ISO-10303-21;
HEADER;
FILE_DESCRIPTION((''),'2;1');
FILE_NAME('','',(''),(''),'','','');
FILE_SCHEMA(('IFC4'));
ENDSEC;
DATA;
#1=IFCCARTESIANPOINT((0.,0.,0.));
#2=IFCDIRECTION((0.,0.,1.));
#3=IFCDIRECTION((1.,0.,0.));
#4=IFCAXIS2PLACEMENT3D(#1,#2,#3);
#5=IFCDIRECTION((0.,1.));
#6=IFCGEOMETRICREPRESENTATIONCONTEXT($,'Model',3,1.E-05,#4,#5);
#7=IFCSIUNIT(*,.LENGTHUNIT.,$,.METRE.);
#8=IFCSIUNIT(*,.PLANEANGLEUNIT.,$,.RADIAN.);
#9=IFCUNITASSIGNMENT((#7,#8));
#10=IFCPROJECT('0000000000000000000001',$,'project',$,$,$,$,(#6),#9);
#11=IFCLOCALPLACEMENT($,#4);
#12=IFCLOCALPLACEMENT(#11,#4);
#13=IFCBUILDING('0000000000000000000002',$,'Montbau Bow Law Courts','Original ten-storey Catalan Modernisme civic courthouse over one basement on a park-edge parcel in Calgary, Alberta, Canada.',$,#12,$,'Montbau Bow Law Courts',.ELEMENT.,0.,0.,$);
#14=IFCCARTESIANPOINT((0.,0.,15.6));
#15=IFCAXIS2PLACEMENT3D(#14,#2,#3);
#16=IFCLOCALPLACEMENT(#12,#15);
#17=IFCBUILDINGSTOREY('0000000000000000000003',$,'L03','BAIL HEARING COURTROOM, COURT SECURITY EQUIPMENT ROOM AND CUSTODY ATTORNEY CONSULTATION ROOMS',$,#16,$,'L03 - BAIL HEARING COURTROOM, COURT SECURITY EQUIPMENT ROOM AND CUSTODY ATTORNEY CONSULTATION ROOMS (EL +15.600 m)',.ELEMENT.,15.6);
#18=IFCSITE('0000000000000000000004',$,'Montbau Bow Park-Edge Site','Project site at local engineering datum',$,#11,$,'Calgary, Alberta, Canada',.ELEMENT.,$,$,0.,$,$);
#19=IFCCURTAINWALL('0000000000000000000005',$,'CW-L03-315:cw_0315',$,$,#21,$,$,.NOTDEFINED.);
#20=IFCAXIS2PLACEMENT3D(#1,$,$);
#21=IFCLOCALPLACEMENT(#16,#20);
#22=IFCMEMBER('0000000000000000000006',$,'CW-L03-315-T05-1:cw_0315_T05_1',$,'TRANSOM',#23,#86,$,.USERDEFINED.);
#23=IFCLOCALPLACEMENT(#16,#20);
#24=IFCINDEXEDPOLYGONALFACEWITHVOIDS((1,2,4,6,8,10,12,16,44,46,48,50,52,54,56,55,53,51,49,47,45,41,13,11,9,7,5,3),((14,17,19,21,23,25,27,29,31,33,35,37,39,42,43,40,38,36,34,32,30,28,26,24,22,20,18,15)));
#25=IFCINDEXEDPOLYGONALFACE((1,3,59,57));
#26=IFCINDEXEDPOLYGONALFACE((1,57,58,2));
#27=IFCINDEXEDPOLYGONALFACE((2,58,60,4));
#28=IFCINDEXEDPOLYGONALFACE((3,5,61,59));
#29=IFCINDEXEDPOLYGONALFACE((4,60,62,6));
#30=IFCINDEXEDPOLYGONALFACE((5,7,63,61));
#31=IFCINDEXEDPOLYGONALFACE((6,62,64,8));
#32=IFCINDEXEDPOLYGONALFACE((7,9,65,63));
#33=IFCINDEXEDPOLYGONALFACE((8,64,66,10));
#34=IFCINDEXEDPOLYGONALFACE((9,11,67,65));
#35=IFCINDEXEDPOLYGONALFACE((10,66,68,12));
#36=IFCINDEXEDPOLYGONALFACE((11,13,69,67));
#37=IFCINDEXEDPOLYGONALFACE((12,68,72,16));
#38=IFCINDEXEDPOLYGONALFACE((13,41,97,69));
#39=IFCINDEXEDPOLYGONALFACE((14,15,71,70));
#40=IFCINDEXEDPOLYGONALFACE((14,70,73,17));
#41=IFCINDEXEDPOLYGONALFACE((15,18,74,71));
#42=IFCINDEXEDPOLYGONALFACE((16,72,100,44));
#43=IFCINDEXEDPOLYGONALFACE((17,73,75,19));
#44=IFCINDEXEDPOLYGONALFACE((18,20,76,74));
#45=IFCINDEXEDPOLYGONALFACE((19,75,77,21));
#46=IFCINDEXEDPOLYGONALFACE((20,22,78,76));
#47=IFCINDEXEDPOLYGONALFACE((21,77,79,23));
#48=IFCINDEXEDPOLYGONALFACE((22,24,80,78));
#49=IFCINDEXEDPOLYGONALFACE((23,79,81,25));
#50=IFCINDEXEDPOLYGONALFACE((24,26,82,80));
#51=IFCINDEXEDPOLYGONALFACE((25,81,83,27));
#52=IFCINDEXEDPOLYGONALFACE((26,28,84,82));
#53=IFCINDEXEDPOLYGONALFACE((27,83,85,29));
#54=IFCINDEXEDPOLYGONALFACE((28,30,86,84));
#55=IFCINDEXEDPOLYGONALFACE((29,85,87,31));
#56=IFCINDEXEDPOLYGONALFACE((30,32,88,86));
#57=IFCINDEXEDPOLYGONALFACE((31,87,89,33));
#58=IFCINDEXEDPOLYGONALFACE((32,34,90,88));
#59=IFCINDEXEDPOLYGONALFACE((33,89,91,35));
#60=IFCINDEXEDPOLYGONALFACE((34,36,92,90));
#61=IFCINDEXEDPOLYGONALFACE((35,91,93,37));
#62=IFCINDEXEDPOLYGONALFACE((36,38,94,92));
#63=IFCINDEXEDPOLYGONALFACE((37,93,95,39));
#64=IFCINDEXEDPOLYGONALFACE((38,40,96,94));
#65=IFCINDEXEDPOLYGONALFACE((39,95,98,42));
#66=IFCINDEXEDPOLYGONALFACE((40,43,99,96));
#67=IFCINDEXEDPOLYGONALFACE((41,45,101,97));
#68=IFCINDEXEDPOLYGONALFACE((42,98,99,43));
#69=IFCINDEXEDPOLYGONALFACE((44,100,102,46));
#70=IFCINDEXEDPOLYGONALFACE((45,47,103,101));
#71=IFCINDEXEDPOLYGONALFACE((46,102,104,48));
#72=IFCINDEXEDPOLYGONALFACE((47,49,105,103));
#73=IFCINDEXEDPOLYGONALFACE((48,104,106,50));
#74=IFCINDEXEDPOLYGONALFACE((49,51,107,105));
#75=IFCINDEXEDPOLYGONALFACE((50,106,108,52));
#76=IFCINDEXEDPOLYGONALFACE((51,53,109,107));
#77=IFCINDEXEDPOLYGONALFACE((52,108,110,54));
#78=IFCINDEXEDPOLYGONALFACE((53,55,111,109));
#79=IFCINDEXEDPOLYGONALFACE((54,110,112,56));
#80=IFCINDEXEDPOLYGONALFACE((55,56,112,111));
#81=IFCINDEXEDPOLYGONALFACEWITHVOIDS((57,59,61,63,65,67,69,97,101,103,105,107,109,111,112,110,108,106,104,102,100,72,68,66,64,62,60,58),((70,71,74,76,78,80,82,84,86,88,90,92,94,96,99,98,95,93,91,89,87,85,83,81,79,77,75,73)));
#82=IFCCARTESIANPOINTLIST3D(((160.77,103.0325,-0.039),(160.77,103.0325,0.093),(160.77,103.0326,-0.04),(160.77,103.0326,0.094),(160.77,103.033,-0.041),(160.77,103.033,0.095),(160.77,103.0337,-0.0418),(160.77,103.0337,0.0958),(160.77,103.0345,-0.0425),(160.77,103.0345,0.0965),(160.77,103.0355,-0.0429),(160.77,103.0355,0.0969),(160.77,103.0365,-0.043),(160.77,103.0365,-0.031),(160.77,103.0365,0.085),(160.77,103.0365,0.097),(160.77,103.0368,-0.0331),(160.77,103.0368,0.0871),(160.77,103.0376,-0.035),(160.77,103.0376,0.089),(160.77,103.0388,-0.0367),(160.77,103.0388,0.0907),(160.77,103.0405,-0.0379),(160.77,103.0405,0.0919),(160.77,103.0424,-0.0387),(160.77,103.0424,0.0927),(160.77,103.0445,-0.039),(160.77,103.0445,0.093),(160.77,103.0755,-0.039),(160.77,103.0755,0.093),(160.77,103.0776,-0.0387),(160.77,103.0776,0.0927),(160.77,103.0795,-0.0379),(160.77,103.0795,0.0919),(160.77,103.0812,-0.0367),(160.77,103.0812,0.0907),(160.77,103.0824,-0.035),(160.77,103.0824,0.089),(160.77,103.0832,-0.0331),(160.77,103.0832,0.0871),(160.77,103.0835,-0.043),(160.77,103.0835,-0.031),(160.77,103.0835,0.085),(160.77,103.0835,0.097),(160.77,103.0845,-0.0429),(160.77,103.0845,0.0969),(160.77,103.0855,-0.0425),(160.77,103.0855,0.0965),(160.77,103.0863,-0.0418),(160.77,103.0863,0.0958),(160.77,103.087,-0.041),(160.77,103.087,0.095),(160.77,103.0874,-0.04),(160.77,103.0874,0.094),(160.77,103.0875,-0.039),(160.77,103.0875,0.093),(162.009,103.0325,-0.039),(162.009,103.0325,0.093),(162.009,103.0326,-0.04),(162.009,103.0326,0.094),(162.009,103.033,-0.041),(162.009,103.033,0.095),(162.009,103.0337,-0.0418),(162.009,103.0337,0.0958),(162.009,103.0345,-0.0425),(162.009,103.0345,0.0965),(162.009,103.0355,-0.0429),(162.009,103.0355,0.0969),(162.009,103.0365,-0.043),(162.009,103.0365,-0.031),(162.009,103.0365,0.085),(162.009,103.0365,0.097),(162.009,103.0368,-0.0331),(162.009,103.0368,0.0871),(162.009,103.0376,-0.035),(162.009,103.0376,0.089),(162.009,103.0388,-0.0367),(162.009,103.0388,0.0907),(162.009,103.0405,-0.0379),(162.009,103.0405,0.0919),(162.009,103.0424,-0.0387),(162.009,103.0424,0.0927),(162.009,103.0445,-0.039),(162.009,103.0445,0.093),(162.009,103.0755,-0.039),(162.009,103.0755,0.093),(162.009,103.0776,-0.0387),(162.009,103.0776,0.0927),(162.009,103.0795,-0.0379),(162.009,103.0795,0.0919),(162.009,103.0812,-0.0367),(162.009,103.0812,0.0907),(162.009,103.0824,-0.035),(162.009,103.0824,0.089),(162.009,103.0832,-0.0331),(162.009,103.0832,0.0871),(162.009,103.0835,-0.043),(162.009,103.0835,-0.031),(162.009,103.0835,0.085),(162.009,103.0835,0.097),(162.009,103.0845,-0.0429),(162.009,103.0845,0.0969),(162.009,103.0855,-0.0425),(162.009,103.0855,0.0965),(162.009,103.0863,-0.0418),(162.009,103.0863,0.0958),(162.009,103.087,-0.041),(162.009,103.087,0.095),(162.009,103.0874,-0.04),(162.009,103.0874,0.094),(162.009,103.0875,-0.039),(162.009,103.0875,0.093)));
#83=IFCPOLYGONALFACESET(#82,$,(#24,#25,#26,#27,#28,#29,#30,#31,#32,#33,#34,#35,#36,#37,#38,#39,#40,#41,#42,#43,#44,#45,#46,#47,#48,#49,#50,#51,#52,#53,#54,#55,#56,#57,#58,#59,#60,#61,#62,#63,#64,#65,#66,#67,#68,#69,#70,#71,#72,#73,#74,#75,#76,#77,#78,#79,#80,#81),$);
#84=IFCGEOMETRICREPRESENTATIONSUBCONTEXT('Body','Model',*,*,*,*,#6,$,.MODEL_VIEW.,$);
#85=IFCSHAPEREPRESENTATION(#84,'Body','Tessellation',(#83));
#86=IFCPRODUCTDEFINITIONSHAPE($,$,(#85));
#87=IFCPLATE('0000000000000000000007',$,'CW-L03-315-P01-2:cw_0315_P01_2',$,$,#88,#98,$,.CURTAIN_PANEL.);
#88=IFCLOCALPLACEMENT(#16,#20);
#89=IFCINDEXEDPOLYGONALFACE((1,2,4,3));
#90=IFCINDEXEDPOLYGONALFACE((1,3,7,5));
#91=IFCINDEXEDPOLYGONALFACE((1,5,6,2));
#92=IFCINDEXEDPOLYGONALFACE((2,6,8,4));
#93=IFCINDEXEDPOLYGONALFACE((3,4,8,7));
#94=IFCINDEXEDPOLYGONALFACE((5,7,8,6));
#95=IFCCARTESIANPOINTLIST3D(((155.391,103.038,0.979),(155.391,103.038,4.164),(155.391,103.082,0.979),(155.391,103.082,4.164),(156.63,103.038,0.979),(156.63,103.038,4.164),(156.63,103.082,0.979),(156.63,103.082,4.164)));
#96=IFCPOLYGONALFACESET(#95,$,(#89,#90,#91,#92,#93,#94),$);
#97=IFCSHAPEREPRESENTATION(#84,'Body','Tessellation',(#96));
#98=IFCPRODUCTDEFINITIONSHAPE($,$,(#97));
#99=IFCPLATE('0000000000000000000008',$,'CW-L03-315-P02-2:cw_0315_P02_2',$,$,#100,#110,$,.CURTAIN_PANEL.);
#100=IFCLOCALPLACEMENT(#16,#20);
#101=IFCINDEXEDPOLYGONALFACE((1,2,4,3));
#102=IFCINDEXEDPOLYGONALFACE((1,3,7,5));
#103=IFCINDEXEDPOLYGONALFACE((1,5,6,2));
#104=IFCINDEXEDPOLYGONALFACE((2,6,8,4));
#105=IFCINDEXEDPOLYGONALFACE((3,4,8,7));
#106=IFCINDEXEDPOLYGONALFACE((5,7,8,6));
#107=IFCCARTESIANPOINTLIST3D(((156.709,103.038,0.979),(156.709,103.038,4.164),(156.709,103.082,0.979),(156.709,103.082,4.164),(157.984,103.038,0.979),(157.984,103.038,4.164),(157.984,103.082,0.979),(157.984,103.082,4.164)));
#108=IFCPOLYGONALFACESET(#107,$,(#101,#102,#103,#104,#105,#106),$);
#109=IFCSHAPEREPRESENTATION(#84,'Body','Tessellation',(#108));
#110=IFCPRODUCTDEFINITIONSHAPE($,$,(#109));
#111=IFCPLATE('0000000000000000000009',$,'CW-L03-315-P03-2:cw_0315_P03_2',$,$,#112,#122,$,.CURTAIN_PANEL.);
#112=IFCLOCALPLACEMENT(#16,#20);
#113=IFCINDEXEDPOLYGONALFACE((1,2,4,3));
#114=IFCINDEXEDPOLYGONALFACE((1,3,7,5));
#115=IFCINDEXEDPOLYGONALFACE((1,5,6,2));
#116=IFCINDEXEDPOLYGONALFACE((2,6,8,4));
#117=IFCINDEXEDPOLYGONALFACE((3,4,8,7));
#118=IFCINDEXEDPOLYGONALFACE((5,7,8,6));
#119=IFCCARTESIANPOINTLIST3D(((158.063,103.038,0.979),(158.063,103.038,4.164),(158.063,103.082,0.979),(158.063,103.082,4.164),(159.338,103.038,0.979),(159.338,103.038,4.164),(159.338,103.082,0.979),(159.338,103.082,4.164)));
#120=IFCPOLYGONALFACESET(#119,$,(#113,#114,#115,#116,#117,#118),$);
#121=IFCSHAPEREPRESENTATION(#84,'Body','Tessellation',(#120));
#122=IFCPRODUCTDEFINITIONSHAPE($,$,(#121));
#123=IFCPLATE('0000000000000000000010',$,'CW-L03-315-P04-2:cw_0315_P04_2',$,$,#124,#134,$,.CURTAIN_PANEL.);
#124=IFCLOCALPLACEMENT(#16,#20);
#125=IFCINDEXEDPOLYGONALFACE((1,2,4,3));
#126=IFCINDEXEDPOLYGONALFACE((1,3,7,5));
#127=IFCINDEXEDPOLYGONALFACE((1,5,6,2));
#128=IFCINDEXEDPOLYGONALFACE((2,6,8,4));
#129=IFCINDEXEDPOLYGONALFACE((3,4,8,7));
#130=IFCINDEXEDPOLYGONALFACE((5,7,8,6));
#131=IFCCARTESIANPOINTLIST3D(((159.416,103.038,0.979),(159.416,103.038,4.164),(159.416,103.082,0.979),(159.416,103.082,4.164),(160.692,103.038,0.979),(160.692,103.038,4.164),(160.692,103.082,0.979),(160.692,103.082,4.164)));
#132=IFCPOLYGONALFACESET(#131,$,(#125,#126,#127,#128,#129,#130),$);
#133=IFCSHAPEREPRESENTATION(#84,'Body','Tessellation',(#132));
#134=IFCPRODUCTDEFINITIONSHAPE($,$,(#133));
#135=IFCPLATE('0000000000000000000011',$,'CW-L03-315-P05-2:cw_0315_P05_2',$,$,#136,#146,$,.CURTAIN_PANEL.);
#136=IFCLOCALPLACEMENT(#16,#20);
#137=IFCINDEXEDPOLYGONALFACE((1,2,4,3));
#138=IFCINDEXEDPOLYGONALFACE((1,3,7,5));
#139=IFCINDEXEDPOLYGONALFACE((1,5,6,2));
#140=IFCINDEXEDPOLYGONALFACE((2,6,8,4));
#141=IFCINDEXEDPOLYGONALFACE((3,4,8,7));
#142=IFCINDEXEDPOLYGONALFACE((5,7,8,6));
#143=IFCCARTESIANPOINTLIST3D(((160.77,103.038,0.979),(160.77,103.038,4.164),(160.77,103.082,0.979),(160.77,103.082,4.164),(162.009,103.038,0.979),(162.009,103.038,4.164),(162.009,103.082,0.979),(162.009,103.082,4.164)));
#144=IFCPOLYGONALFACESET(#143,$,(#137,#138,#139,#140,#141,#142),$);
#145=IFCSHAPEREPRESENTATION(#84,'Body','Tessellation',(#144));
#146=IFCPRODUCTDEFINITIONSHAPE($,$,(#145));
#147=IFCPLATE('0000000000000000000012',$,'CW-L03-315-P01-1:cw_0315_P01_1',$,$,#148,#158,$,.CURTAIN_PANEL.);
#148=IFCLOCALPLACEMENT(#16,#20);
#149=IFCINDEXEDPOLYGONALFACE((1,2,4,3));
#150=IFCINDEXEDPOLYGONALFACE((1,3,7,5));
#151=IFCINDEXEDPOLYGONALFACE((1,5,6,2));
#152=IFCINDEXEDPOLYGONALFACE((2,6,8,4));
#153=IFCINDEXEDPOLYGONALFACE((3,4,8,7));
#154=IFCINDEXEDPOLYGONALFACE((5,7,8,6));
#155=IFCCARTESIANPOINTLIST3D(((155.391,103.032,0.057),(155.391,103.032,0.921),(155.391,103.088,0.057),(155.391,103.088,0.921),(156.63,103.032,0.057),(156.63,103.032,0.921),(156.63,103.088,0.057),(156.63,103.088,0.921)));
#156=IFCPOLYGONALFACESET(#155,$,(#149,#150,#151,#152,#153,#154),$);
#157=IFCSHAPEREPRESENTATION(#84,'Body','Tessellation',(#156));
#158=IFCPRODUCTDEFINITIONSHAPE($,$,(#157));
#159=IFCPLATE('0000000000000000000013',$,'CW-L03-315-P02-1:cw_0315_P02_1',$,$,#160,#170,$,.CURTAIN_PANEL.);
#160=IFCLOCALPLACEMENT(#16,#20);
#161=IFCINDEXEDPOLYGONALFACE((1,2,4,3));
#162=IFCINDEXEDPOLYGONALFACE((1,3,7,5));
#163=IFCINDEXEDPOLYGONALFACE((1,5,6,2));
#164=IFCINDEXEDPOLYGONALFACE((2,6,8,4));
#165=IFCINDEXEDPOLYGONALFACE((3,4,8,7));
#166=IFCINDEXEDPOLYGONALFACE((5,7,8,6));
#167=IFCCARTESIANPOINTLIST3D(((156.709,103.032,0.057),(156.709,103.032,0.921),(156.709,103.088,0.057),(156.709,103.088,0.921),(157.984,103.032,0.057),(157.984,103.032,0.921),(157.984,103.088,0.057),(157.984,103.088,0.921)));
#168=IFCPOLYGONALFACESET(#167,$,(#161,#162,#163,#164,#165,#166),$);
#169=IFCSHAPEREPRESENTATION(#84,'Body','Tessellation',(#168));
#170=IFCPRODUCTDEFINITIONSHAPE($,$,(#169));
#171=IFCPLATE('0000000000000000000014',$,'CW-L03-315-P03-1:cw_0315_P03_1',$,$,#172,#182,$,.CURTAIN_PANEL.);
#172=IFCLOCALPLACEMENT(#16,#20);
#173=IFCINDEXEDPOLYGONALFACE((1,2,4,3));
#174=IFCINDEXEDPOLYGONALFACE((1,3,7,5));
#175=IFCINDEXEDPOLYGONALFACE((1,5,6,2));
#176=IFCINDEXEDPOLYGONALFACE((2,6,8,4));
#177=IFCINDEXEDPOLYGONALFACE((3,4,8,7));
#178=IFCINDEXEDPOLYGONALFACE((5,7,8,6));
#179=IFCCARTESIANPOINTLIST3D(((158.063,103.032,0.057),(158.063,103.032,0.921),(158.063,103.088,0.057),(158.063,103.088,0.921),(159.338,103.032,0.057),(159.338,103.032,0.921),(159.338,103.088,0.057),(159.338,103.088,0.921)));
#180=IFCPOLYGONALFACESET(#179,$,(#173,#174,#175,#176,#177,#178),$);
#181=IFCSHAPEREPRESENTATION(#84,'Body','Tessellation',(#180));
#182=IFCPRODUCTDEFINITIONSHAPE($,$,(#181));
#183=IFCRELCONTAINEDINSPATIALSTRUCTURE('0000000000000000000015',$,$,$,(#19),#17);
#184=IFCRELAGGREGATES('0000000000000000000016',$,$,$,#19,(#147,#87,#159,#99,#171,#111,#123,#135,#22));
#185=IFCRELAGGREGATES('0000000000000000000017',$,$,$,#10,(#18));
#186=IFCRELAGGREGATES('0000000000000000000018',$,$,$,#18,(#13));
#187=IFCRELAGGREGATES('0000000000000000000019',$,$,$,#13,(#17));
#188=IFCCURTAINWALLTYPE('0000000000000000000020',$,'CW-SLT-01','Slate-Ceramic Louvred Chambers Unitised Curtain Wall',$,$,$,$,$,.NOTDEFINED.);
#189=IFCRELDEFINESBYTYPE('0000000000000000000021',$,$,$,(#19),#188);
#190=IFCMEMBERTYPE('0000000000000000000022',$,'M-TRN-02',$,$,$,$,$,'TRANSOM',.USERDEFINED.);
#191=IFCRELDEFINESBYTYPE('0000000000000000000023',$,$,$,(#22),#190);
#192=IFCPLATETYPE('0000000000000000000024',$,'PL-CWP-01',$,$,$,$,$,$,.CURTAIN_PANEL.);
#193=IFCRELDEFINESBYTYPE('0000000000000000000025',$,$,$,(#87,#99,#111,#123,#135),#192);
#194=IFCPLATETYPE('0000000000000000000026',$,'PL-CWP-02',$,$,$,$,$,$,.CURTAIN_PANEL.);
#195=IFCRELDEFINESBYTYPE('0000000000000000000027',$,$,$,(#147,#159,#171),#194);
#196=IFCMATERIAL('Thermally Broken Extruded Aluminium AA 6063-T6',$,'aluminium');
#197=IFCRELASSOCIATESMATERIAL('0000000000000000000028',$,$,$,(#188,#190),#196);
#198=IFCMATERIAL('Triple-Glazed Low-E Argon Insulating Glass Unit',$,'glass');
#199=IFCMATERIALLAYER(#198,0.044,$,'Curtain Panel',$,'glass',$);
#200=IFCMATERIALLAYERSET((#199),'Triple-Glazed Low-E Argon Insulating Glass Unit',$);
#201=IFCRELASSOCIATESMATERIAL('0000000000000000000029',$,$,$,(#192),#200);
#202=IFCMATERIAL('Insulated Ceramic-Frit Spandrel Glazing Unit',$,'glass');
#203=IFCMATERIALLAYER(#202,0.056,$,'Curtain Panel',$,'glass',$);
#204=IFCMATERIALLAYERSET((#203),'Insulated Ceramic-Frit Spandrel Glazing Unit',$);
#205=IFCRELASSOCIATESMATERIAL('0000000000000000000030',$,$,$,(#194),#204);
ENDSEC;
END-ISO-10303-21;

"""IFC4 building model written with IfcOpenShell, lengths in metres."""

from ifc_helpers import new_model, si_unit, direction, frame, frame_2d, origin_with_axes, origin_2d_with_axis, place, context, subcontext, project, spatial, rectangle, hollow_rectangle, extrude, material, layer, layer_set, material_profile, profile_set, type_object, element, aggregate, save


model = new_model("IFC4")

# Units and contexts
model_context = context("Model", 3, precision=1e-05, world=origin_with_axes(), true_north=direction((0.0, 1.0)))
body_context = subcontext(model_context, "Body", "Model", "MODEL_VIEW")
ifc_project = project(units=[si_unit("LENGTHUNIT", "METRE"), si_unit("PLANEANGLEUNIT", "RADIAN")], contexts=[model_context])

# Site, building, storey
site_placement = place(None, origin_with_axes())
site = spatial("IfcSite", under=ifc_project, at=site_placement, Name="Montbau Bow Park-Edge Site", Description="Project site at local engineering datum", LongName="Calgary, Alberta, Canada", CompositionType="ELEMENT", RefElevation=0.0)
building_placement = place(site_placement, origin_with_axes())
building = spatial("IfcBuilding", under=site, at=building_placement, Name="Montbau Bow Law Courts", Description="Original ten-storey Catalan Modernisme civic courthouse over one basement on a park-edge parcel in Calgary, Alberta, Canada.", LongName="Montbau Bow Law Courts", CompositionType="ELEMENT", ElevationOfRefHeight=0.0, ElevationOfTerrain=0.0)
storey_placement = place(building_placement, frame((0.0, 0.0, 15.6), z_axis=(0.0, 0.0, 1.0), x_axis=(1.0, 0.0, 0.0)))
storey = spatial("IfcBuildingStorey", under=building, at=storey_placement, Name="L03", Description="BAIL HEARING COURTROOM, COURT SECURITY EQUIPMENT ROOM AND CUSTODY ATTORNEY CONSULTATION ROOMS", LongName="L03 - BAIL HEARING COURTROOM, COURT SECURITY EQUIPMENT ROOM AND CUSTODY ATTORNEY CONSULTATION ROOMS (EL +15.600 m)", CompositionType="ELEMENT", Elevation=15.6)

# Curtain wall, member, plates
ifc_material_1 = material(Name="Thermally Broken Extruded Aluminium AA 6063-T6", Category="aluminium")
curtain_wall_type = type_object("IfcCurtainWallType", Name="CW-SLT-01", Description="Slate-Ceramic Louvred Chambers Unitised Curtain Wall", PredefinedType="NOTDEFINED", material=ifc_material_1)
curtain_wall_placement = place(None, frame((155.315, 103.06, 15.6), z_axis=(0.0, 0.0, 1.0), x_axis=(1.0, 0.0, 0.0)))
curtain_wall = element("IfcCurtainWall", 1, at=curtain_wall_placement, inside=storey, type_object=curtain_wall_type, Name="CW-L03-315:cw_0315", PredefinedType="NOTDEFINED")
ifc_material_profile_1 = material_profile(ifc_material_1, hollow_rectangle(XDim=0.055, YDim=0.14, WallThickness=0.004, InnerFilletRadius=0.008, OuterFilletRadius=0.004, at=origin_2d_with_axis()), Name="CWT-140X55", Category="Main", Priority=0)
ifc_profile_set_1 = profile_set([ifc_material_profile_1], Name="Thermally Broken Extruded Aluminium AA 6063-T6")
member_type_1 = type_object("IfcMemberType", Name="M-TRN-02", ElementType="TRANSOM", PredefinedType="USERDEFINED", material=ifc_profile_set_1)
member_1_placement = place(None, frame((160.77, 103.06, 15.627), z_axis=(1.0, 0.0, 0.0), x_axis=(0.0, 1.0, 0.0)))
member_1 = element("IfcMember", 2, at=member_1_placement, type_object=member_type_1, Name="CW-L03-315-T05-1:cw_0315_T05_1", ObjectType="TRANSOM", PredefinedType="USERDEFINED", context=body_context, shape_type="SweptSolid", body=[
    extrude(hollow_rectangle(XDim=0.055, YDim=0.14, WallThickness=0.004, InnerFilletRadius=0.008, OuterFilletRadius=0.004, at=origin_2d_with_axis()), origin_with_axes(), (0.0, 0.0, 1.0), 1.239),
])
ifc_material_2 = material(Name="Triple-Glazed Low-E Argon Insulating Glass Unit", Category="glass")
ifc_layer_1 = layer(ifc_material_2, 0.044, Name="Curtain Panel", Category="glass")
ifc_layer_set_1 = layer_set([ifc_layer_1], Name="Triple-Glazed Low-E Argon Insulating Glass Unit")
plate_type_1 = type_object("IfcPlateType", Name="PL-CWP-01", PredefinedType="CURTAIN_PANEL", material=ifc_layer_set_1)
plate_1_placement = place(None, frame((155.391, 103.06, 16.579), z_axis=(0.0, -1.0, 0.0), x_axis=(1.0, 0.0, 0.0)))
plate_1 = element("IfcPlate", 3, at=plate_1_placement, type_object=plate_type_1, Name="CW-L03-315-P01-2:cw_0315_P01_2", PredefinedType="CURTAIN_PANEL", context=body_context, shape_type="SweptSolid", body=[
    extrude(rectangle(XDim=1.239, YDim=3.185, at=frame_2d((0.6195, 1.5925), x_axis=(1.0, 0.0))), frame((0.0, 0.0, -0.022), z_axis=(0.0, 0.0, 1.0), x_axis=(1.0, 0.0, 0.0)), (0.0, 0.0, 1.0), 0.044),
])
plate_2_placement = place(None, frame((156.709, 103.06, 16.579), z_axis=(0.0, -1.0, 0.0), x_axis=(1.0, 0.0, 0.0)))
plate_2 = element("IfcPlate", 4, at=plate_2_placement, type_object=plate_type_1, Name="CW-L03-315-P02-2:cw_0315_P02_2", PredefinedType="CURTAIN_PANEL", context=body_context, shape_type="SweptSolid", body=[
    extrude(rectangle(XDim=1.275, YDim=3.185, at=frame_2d((0.6375, 1.5925), x_axis=(1.0, 0.0))), frame((0.0, 0.0, -0.022), z_axis=(0.0, 0.0, 1.0), x_axis=(1.0, 0.0, 0.0)), (0.0, 0.0, 1.0), 0.044),
])
plate_3_placement = place(None, frame((158.063, 103.06, 16.579), z_axis=(0.0, -1.0, 0.0), x_axis=(1.0, 0.0, 0.0)))
plate_3 = element("IfcPlate", 5, at=plate_3_placement, type_object=plate_type_1, Name="CW-L03-315-P03-2:cw_0315_P03_2", PredefinedType="CURTAIN_PANEL", context=body_context, shape_type="SweptSolid", body=[
    extrude(rectangle(XDim=1.275, YDim=3.185, at=frame_2d((0.6375, 1.5925), x_axis=(1.0, 0.0))), frame((0.0, 0.0, -0.022), z_axis=(0.0, 0.0, 1.0), x_axis=(1.0, 0.0, 0.0)), (0.0, 0.0, 1.0), 0.044),
])
plate_4_placement = place(None, frame((159.416, 103.06, 16.579), z_axis=(0.0, -1.0, 0.0), x_axis=(1.0, 0.0, 0.0)))
plate_4 = element("IfcPlate", 6, at=plate_4_placement, type_object=plate_type_1, Name="CW-L03-315-P04-2:cw_0315_P04_2", PredefinedType="CURTAIN_PANEL", context=body_context, shape_type="SweptSolid", body=[
    extrude(rectangle(XDim=1.276, YDim=3.185, at=frame_2d((0.638, 1.5925), x_axis=(1.0, 0.0))), frame((0.0, 0.0, -0.022), z_axis=(0.0, 0.0, 1.0), x_axis=(1.0, 0.0, 0.0)), (0.0, 0.0, 1.0), 0.044),
])
plate_5_placement = place(None, frame((160.77, 103.06, 16.579), z_axis=(0.0, -1.0, 0.0), x_axis=(1.0, 0.0, 0.0)))
plate_5 = element("IfcPlate", 7, at=plate_5_placement, type_object=plate_type_1, Name="CW-L03-315-P05-2:cw_0315_P05_2", PredefinedType="CURTAIN_PANEL", context=body_context, shape_type="SweptSolid", body=[
    extrude(rectangle(XDim=1.239, YDim=3.185, at=frame_2d((0.6195, 1.5925), x_axis=(1.0, 0.0))), frame((0.0, 0.0, -0.022), z_axis=(0.0, 0.0, 1.0), x_axis=(1.0, 0.0, 0.0)), (0.0, 0.0, 1.0), 0.044),
])
ifc_material_3 = material(Name="Insulated Ceramic-Frit Spandrel Glazing Unit", Category="glass")
ifc_layer_2 = layer(ifc_material_3, 0.056, Name="Curtain Panel", Category="glass")
ifc_layer_set_2 = layer_set([ifc_layer_2], Name="Insulated Ceramic-Frit Spandrel Glazing Unit")
plate_type_2 = type_object("IfcPlateType", Name="PL-CWP-02", PredefinedType="CURTAIN_PANEL", material=ifc_layer_set_2)
plate_6_placement = place(None, frame((155.391, 103.06, 15.657), z_axis=(0.0, -1.0, 0.0), x_axis=(1.0, 0.0, 0.0)))
plate_6 = element("IfcPlate", 8, at=plate_6_placement, type_object=plate_type_2, Name="CW-L03-315-P01-1:cw_0315_P01_1", PredefinedType="CURTAIN_PANEL", context=body_context, shape_type="SweptSolid", body=[
    extrude(rectangle(XDim=1.239, YDim=0.864, at=frame_2d((0.6195, 0.432), x_axis=(1.0, 0.0))), frame((0.0, 0.0, -0.028), z_axis=(0.0, 0.0, 1.0), x_axis=(1.0, 0.0, 0.0)), (0.0, 0.0, 1.0), 0.056),
])
plate_7_placement = place(None, frame((156.709, 103.06, 15.657), z_axis=(0.0, -1.0, 0.0), x_axis=(1.0, 0.0, 0.0)))
plate_7 = element("IfcPlate", 9, at=plate_7_placement, type_object=plate_type_2, Name="CW-L03-315-P02-1:cw_0315_P02_1", PredefinedType="CURTAIN_PANEL", context=body_context, shape_type="SweptSolid", body=[
    extrude(rectangle(XDim=1.275, YDim=0.864, at=frame_2d((0.6375, 0.432), x_axis=(1.0, 0.0))), frame((0.0, 0.0, -0.028), z_axis=(0.0, 0.0, 1.0), x_axis=(1.0, 0.0, 0.0)), (0.0, 0.0, 1.0), 0.056),
])
plate_8_placement = place(None, frame((158.063, 103.06, 15.657), z_axis=(0.0, -1.0, 0.0), x_axis=(1.0, 0.0, 0.0)))
plate_8 = element("IfcPlate", 10, at=plate_8_placement, type_object=plate_type_2, Name="CW-L03-315-P03-1:cw_0315_P03_1", PredefinedType="CURTAIN_PANEL", context=body_context, shape_type="SweptSolid", body=[
    extrude(rectangle(XDim=1.275, YDim=0.864, at=frame_2d((0.6375, 0.432), x_axis=(1.0, 0.0))), frame((0.0, 0.0, -0.028), z_axis=(0.0, 0.0, 1.0), x_axis=(1.0, 0.0, 0.0)), (0.0, 0.0, 1.0), 0.056),
])
aggregate(curtain_wall, [plate_6, plate_1, plate_7, plate_2, plate_8, plate_3, plate_4, plate_5, member_1])

save(model, "model.ifc")
